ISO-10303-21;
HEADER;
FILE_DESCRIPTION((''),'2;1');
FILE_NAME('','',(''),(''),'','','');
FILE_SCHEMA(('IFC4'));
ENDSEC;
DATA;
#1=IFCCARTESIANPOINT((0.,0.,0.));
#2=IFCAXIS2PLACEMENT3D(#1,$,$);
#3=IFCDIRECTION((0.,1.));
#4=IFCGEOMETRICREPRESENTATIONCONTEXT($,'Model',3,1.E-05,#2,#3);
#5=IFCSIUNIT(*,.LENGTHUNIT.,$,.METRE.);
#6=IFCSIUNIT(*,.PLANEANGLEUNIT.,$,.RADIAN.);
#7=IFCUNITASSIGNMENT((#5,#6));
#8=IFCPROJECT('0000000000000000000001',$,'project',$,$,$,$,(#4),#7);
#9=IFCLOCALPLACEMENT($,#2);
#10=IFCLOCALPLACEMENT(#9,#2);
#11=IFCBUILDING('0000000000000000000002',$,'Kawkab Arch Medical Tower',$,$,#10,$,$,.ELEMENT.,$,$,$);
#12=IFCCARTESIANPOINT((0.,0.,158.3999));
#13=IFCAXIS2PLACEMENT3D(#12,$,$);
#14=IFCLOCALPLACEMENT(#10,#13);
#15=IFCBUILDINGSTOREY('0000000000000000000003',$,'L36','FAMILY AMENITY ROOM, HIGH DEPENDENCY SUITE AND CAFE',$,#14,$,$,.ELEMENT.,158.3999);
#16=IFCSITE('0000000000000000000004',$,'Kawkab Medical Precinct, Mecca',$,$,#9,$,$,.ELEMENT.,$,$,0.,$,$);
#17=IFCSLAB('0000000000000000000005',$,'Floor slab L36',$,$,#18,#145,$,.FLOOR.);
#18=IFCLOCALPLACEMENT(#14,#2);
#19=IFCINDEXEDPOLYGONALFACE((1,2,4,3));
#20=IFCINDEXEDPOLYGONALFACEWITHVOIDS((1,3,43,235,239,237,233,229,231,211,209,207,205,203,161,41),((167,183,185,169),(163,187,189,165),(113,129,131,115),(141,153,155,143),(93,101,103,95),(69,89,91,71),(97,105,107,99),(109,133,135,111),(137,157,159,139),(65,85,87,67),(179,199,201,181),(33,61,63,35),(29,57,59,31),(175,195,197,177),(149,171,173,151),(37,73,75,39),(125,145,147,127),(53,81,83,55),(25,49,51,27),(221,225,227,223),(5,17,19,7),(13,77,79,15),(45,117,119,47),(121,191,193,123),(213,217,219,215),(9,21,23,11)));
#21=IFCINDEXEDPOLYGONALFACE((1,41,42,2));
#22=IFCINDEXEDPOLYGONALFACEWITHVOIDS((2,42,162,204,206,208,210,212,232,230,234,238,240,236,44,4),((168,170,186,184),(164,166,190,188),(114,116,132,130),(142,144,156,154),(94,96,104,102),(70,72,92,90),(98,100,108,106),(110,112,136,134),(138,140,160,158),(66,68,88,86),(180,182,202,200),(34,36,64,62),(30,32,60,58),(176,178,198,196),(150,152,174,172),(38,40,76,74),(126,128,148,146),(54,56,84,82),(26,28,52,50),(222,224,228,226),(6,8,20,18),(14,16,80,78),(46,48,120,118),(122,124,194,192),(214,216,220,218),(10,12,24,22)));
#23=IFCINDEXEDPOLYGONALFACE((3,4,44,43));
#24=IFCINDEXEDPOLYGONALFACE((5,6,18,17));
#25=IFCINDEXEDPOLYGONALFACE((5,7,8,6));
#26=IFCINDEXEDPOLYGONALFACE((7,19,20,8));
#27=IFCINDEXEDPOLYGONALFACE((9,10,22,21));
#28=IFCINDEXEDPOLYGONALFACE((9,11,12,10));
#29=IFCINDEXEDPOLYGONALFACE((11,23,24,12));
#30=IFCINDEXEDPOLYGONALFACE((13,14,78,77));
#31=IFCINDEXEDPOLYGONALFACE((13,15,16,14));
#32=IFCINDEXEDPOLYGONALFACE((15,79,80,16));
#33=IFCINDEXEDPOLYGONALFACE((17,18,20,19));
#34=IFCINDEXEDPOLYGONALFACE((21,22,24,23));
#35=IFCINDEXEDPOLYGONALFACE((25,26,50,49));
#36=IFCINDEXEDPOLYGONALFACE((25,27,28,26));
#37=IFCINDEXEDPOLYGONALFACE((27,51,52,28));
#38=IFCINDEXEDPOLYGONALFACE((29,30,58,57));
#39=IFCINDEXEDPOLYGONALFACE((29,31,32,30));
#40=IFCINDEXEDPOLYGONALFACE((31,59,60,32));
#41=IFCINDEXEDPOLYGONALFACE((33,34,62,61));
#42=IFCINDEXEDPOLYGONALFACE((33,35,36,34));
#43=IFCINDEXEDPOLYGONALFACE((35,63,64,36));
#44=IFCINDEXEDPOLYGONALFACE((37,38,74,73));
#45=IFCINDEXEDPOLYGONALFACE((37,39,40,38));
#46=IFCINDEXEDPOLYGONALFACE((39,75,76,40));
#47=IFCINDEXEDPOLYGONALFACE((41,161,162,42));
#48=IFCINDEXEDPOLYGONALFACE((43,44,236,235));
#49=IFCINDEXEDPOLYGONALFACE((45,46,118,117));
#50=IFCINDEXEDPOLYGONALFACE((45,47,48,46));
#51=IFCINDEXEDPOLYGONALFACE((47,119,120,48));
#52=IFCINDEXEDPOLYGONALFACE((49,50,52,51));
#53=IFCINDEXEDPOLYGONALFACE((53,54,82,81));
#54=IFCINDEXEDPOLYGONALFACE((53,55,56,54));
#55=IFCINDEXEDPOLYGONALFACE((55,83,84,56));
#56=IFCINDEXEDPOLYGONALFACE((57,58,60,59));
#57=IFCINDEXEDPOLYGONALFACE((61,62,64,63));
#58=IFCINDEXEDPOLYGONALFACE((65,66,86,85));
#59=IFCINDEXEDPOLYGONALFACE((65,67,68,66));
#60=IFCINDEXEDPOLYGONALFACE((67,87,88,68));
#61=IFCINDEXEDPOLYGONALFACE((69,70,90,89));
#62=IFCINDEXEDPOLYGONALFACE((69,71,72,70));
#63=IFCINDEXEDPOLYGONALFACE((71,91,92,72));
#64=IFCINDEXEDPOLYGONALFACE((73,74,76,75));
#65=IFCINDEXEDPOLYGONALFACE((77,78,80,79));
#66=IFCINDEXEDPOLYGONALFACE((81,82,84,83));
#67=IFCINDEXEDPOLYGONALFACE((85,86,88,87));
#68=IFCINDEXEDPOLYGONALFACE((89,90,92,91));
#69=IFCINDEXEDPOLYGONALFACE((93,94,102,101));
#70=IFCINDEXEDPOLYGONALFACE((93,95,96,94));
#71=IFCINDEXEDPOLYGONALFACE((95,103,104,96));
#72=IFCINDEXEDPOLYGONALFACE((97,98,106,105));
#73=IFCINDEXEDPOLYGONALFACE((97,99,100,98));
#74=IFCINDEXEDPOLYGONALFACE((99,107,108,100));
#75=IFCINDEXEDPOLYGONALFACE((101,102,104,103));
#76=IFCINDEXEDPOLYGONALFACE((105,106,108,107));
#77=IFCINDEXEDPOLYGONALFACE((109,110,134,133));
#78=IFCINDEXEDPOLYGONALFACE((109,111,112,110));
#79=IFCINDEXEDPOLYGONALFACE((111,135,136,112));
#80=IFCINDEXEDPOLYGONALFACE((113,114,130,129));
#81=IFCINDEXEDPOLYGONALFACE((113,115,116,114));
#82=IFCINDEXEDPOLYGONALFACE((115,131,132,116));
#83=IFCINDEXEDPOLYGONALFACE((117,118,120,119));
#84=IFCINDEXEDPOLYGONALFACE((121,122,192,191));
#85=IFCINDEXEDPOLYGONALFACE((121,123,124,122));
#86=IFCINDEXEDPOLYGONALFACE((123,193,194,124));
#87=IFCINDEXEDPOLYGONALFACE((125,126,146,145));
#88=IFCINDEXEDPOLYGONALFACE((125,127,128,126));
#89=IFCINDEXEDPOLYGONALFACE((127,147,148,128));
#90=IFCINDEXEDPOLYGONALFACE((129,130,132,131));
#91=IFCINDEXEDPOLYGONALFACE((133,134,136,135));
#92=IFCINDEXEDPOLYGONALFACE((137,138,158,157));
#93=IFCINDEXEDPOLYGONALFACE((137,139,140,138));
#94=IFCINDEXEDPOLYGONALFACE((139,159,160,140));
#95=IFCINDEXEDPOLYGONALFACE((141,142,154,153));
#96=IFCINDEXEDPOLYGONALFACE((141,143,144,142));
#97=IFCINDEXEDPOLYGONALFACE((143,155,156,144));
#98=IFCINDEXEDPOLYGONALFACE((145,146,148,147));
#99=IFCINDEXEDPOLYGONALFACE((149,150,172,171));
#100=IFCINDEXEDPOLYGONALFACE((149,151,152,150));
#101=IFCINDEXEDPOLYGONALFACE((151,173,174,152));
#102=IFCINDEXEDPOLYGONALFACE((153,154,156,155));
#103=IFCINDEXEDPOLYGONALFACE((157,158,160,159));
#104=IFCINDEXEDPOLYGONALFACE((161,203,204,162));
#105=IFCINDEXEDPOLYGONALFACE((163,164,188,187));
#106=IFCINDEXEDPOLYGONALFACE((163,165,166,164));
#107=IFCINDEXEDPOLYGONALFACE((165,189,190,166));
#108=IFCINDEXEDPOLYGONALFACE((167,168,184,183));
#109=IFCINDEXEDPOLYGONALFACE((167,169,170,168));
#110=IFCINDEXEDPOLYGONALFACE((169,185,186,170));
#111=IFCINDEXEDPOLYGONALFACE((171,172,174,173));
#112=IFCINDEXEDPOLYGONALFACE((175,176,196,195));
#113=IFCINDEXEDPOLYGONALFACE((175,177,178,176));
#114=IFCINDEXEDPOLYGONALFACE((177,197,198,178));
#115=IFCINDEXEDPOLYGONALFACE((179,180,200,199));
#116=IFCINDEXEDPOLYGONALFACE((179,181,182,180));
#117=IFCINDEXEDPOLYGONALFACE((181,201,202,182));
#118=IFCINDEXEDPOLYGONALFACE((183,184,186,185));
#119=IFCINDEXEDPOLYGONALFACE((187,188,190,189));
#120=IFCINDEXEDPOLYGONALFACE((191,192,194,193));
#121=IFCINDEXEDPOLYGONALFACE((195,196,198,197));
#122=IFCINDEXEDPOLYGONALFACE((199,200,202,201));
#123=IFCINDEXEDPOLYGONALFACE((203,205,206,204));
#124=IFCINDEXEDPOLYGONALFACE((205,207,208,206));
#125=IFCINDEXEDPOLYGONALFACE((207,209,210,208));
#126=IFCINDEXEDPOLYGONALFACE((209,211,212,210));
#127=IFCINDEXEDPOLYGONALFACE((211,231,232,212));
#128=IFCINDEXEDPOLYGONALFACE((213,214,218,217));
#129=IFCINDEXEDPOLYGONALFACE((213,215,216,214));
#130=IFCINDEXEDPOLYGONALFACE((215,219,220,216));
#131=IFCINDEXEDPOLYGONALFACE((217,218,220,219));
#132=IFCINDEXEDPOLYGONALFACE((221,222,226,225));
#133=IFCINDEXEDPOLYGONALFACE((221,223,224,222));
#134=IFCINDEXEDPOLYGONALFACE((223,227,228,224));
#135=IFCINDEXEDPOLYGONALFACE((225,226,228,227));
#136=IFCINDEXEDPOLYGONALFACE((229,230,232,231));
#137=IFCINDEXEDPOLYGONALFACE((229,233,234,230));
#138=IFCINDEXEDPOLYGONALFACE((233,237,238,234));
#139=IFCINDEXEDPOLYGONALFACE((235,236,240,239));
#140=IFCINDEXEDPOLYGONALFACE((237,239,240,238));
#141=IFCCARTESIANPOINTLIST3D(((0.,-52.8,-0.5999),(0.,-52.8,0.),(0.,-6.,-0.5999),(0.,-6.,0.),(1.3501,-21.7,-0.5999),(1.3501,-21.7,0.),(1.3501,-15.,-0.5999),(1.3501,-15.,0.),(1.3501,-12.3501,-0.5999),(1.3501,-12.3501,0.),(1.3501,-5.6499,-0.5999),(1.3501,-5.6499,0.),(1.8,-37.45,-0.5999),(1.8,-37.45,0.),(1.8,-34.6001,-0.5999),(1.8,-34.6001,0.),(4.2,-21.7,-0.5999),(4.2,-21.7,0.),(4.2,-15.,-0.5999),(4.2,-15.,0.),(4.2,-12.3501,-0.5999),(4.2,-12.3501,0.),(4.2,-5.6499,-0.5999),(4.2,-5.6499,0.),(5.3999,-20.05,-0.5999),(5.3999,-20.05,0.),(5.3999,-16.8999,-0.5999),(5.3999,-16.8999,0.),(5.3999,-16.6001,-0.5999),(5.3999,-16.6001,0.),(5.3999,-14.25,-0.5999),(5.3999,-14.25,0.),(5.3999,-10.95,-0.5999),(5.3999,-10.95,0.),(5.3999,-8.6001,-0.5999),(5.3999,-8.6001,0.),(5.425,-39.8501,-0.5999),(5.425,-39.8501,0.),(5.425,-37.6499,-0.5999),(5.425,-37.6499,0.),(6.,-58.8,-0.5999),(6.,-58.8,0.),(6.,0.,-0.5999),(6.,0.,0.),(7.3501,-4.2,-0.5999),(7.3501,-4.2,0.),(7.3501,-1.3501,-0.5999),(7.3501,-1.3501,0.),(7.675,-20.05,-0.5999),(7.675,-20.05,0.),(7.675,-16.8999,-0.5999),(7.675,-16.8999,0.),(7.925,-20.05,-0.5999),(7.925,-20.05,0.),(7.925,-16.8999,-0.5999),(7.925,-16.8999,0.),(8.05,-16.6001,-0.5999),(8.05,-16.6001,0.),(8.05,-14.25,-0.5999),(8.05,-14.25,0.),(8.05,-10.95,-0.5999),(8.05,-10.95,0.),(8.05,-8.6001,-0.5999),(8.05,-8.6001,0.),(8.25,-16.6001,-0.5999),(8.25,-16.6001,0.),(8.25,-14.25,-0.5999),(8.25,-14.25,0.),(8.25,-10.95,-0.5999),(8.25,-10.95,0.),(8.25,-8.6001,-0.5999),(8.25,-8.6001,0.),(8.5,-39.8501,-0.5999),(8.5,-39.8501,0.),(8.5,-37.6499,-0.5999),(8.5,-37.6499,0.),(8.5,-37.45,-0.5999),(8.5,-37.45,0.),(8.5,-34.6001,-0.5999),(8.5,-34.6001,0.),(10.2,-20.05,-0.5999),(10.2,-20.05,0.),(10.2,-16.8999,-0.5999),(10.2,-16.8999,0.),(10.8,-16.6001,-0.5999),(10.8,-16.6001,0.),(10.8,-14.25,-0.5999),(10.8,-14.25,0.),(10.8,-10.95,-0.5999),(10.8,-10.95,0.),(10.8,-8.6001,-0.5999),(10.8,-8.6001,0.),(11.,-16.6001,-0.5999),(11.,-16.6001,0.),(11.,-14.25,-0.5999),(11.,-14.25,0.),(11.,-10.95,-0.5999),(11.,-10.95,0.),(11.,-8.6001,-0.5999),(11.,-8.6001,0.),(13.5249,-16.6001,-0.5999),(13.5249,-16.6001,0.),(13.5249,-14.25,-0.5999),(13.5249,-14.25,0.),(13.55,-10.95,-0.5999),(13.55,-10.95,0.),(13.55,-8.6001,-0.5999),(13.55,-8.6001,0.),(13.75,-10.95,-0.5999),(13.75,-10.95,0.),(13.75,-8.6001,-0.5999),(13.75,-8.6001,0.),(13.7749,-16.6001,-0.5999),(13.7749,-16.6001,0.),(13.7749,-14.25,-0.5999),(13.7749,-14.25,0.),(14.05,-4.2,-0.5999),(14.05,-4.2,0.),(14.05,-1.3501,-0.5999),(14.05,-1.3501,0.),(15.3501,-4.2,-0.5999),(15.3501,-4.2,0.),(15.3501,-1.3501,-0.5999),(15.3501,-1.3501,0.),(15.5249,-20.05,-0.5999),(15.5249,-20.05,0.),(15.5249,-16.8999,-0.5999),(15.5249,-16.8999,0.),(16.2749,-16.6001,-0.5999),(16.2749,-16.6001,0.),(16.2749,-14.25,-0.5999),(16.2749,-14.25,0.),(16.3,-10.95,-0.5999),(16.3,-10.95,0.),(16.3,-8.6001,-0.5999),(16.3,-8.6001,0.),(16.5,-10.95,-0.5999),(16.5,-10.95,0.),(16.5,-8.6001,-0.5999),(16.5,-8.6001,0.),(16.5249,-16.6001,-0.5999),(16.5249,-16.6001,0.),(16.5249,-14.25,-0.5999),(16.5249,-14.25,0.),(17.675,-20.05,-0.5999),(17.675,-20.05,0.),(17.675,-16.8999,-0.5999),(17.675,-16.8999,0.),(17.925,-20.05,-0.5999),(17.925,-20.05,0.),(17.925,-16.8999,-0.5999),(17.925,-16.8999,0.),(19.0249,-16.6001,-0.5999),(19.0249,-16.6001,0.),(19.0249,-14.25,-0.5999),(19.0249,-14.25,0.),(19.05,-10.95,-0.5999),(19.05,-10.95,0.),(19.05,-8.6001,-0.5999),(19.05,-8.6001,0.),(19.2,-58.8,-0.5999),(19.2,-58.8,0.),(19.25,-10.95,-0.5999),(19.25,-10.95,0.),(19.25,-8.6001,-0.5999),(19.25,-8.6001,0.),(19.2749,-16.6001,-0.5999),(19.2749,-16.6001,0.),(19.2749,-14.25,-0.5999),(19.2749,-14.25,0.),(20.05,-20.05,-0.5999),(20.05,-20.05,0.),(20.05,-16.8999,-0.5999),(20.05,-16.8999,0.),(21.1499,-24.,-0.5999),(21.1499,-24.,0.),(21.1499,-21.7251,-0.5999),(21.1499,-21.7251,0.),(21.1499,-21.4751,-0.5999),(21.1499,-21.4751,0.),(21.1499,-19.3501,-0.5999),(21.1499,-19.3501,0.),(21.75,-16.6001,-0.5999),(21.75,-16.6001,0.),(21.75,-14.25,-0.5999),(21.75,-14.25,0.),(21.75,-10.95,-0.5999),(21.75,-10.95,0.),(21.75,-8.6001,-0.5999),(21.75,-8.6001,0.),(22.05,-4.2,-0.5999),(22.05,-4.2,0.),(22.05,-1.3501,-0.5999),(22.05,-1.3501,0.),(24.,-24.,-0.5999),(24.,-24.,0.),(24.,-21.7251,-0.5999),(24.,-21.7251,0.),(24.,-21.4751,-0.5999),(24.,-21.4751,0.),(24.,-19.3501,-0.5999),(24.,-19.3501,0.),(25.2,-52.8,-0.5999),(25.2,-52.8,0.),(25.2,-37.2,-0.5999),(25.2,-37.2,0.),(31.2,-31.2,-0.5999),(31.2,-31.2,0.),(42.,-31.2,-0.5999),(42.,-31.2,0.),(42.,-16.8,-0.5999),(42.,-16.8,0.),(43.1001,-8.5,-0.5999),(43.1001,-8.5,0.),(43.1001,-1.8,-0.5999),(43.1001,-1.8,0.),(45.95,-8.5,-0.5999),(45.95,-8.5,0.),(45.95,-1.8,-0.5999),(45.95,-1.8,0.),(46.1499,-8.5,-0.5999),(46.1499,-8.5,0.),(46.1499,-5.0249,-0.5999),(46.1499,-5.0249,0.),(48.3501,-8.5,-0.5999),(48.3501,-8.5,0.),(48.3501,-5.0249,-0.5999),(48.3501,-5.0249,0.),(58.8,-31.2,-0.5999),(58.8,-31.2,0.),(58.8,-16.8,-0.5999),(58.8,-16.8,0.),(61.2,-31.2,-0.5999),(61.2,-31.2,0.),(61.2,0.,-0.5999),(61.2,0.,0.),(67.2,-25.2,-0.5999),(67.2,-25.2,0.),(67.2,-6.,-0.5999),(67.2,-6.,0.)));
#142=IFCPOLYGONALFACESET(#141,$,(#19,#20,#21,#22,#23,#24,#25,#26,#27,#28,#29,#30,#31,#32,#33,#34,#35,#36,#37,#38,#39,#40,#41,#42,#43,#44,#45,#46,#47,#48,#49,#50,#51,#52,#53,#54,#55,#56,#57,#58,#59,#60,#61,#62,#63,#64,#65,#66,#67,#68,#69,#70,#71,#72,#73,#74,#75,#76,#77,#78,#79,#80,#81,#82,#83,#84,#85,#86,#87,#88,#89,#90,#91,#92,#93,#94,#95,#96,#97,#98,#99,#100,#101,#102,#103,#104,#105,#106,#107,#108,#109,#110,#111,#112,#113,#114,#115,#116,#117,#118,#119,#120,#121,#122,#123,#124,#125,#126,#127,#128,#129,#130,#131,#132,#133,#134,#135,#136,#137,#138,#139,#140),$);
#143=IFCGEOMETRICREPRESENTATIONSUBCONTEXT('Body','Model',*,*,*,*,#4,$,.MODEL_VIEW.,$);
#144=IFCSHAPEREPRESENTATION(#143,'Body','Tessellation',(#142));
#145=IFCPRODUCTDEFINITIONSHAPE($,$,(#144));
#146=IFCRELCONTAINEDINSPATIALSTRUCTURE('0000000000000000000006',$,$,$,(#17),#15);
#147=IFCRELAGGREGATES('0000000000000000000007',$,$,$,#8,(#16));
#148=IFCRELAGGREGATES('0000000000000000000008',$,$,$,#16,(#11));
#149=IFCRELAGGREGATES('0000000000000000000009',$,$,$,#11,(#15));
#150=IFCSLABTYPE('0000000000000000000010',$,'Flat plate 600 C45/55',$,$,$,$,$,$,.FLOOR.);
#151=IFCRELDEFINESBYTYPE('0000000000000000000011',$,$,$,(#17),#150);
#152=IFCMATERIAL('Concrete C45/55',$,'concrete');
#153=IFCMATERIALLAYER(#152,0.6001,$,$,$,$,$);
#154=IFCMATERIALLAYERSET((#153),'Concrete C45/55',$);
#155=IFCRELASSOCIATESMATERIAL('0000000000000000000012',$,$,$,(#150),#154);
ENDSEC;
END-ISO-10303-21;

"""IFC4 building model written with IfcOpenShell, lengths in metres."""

from ifc_helpers import new_model, si_unit, direction, frame, origin, place, context, subcontext, project, spatial, polyline, outline, extrude, material, layer, layer_set, type_object, element, save


model = new_model("IFC4")

# Units and contexts
model_context = context("Model", 3, precision=1e-05, world=origin(), true_north=direction((0.0, 1.0)))
body_context = subcontext(model_context, "Body", "Model", "MODEL_VIEW")
ifc_project = project(units=[si_unit("LENGTHUNIT", "METRE"), si_unit("PLANEANGLEUNIT", "RADIAN")], contexts=[model_context])

# Site, building, storey
site_placement = place(None, origin())
site = spatial("IfcSite", under=ifc_project, at=site_placement, Name="Kawkab Medical Precinct, Mecca", CompositionType="ELEMENT", RefElevation=0.0)
building_placement = place(site_placement, origin())
building = spatial("IfcBuilding", under=site, at=building_placement, Name="Kawkab Arch Medical Tower", CompositionType="ELEMENT")
storey_placement = place(building_placement, frame((0.0, 0.0, 158.3999)))
storey = spatial("IfcBuildingStorey", under=building, at=storey_placement, Name="L36", Description="FAMILY AMENITY ROOM, HIGH DEPENDENCY SUITE AND CAFE", CompositionType="ELEMENT", Elevation=158.3999)

# Slab
ifc_material_1 = material(Name="Concrete C45/55", Category="concrete")
ifc_layer_1 = layer(ifc_material_1, 0.6001)
ifc_layer_set_1 = layer_set([ifc_layer_1], Name="Concrete C45/55")
slab_type_1 = type_object("IfcSlabType", Name="Flat plate 600 C45/55", PredefinedType="FLOOR", material=ifc_layer_set_1)
slab_1_placement = place(storey_placement, frame((0.0, 0.0, -0.5999)))
element("IfcSlab", 1, at=slab_1_placement, inside=storey, type_object=slab_type_1, Name="Floor slab L36", PredefinedType="FLOOR", context=body_context, shape_type="SweptSolid", body=[
    extrude(outline(polyline([(25.2, -37.2), (25.2, -52.8), (19.2, -58.8), (6.0, -58.8), (0.0, -52.8), (0.0, -6.0), (6.0, 0.0), (61.2, 0.0), (67.2, -6.0), (67.2, -25.2), (61.2, -31.2), (58.8, -31.2), (58.8, -16.8), (42.0, -16.8), (42.0, -31.2), (31.2, -31.2), (25.2, -37.2)]), holes=[polyline([(5.425, -37.6499), (5.425, -39.8501), (8.5, -39.8501), (8.5, -37.6499), (5.425, -37.6499)]), polyline([(1.8, -37.45), (8.5, -37.45), (8.5, -34.6001), (1.8, -34.6001), (1.8, -37.45)]), polyline([(5.3999, -16.8999), (5.3999, -20.05), (7.675, -20.05), (7.675, -16.8999), (5.3999, -16.8999)]), polyline([(10.2, -16.8999), (7.925, -16.8999), (7.925, -20.05), (10.2, -20.05), (10.2, -16.8999)]), polyline([(4.2, -21.7), (4.2, -15.0), (1.3501, -15.0), (1.3501, -21.7), (4.2, -21.7)]), polyline([(5.3999, -14.25), (5.3999, -16.6001), (8.05, -16.6001), (8.05, -14.25), (5.3999, -14.25)]), polyline([(8.25, -14.25), (8.25, -16.6001), (10.8, -16.6001), (10.8, -14.25), (8.25, -14.25)]), polyline([(11.0, -16.6001), (13.5249, -16.6001), (13.5249, -14.25), (11.0, -14.25), (11.0, -16.6001)]), polyline([(5.3999, -8.6001), (5.3999, -10.95), (8.05, -10.95), (8.05, -8.6001), (5.3999, -8.6001)]), polyline([(8.25, -8.6001), (8.25, -10.95), (10.8, -10.95), (10.8, -8.6001), (8.25, -8.6001)]), polyline([(13.55, -10.95), (13.55, -8.6001), (11.0, -8.6001), (11.0, -10.95), (13.55, -10.95)]), polyline([(4.2, -12.3501), (4.2, -5.6499), (1.3501, -5.6499), (1.3501, -12.3501), (4.2, -12.3501)]), polyline([(7.3501, -4.2), (14.05, -4.2), (14.05, -1.3501), (7.3501, -1.3501), (7.3501, -4.2)]), polyline([(24.0, -21.7251), (21.1499, -21.7251), (21.1499, -24.0), (24.0, -24.0), (24.0, -21.7251)]), polyline([(24.0, -21.4751), (24.0, -19.3501), (21.1499, -19.3501), (21.1499, -21.4751), (24.0, -21.4751)]), polyline([(15.5249, -20.05), (17.675, -20.05), (17.675, -16.8999), (15.5249, -16.8999), (15.5249, -20.05)]), polyline([(20.05, -20.05), (20.05, -16.8999), (17.925, -16.8999), (17.925, -20.05), (20.05, -20.05)]), polyline([(13.7749, -14.25), (13.7749, -16.6001), (16.2749, -16.6001), (16.2749, -14.25), (13.7749, -14.25)]), polyline([(16.5249, -14.25), (16.5249, -16.6001), (19.0249, -16.6001), (19.0249, -14.25), (16.5249, -14.25)]), polyline([(21.75, -16.6001), (21.75, -14.25), (19.2749, -14.25), (19.2749, -16.6001), (21.75, -16.6001)]), polyline([(13.75, -10.95), (16.3, -10.95), (16.3, -8.6001), (13.75, -8.6001), (13.75, -10.95)]), polyline([(16.5, -10.95), (19.05, -10.95), (19.05, -8.6001), (16.5, -8.6001), (16.5, -10.95)]), polyline([(21.75, -10.95), (21.75, -8.6001), (19.25, -8.6001), (19.25, -10.95), (21.75, -10.95)]), polyline([(46.1499, -5.0249), (46.1499, -8.5), (48.3501, -8.5), (48.3501, -5.0249), (46.1499, -5.0249)]), polyline([(43.1001, -1.8), (43.1001, -8.5), (45.95, -8.5), (45.95, -1.8), (43.1001, -1.8)]), polyline([(22.05, -1.3501), (15.3501, -1.3501), (15.3501, -4.2), (22.05, -4.2), (22.05, -1.3501)])]), origin(), (0.0, 0.0, 1.0), 0.5999),
])

save(model, "model.ifc")
